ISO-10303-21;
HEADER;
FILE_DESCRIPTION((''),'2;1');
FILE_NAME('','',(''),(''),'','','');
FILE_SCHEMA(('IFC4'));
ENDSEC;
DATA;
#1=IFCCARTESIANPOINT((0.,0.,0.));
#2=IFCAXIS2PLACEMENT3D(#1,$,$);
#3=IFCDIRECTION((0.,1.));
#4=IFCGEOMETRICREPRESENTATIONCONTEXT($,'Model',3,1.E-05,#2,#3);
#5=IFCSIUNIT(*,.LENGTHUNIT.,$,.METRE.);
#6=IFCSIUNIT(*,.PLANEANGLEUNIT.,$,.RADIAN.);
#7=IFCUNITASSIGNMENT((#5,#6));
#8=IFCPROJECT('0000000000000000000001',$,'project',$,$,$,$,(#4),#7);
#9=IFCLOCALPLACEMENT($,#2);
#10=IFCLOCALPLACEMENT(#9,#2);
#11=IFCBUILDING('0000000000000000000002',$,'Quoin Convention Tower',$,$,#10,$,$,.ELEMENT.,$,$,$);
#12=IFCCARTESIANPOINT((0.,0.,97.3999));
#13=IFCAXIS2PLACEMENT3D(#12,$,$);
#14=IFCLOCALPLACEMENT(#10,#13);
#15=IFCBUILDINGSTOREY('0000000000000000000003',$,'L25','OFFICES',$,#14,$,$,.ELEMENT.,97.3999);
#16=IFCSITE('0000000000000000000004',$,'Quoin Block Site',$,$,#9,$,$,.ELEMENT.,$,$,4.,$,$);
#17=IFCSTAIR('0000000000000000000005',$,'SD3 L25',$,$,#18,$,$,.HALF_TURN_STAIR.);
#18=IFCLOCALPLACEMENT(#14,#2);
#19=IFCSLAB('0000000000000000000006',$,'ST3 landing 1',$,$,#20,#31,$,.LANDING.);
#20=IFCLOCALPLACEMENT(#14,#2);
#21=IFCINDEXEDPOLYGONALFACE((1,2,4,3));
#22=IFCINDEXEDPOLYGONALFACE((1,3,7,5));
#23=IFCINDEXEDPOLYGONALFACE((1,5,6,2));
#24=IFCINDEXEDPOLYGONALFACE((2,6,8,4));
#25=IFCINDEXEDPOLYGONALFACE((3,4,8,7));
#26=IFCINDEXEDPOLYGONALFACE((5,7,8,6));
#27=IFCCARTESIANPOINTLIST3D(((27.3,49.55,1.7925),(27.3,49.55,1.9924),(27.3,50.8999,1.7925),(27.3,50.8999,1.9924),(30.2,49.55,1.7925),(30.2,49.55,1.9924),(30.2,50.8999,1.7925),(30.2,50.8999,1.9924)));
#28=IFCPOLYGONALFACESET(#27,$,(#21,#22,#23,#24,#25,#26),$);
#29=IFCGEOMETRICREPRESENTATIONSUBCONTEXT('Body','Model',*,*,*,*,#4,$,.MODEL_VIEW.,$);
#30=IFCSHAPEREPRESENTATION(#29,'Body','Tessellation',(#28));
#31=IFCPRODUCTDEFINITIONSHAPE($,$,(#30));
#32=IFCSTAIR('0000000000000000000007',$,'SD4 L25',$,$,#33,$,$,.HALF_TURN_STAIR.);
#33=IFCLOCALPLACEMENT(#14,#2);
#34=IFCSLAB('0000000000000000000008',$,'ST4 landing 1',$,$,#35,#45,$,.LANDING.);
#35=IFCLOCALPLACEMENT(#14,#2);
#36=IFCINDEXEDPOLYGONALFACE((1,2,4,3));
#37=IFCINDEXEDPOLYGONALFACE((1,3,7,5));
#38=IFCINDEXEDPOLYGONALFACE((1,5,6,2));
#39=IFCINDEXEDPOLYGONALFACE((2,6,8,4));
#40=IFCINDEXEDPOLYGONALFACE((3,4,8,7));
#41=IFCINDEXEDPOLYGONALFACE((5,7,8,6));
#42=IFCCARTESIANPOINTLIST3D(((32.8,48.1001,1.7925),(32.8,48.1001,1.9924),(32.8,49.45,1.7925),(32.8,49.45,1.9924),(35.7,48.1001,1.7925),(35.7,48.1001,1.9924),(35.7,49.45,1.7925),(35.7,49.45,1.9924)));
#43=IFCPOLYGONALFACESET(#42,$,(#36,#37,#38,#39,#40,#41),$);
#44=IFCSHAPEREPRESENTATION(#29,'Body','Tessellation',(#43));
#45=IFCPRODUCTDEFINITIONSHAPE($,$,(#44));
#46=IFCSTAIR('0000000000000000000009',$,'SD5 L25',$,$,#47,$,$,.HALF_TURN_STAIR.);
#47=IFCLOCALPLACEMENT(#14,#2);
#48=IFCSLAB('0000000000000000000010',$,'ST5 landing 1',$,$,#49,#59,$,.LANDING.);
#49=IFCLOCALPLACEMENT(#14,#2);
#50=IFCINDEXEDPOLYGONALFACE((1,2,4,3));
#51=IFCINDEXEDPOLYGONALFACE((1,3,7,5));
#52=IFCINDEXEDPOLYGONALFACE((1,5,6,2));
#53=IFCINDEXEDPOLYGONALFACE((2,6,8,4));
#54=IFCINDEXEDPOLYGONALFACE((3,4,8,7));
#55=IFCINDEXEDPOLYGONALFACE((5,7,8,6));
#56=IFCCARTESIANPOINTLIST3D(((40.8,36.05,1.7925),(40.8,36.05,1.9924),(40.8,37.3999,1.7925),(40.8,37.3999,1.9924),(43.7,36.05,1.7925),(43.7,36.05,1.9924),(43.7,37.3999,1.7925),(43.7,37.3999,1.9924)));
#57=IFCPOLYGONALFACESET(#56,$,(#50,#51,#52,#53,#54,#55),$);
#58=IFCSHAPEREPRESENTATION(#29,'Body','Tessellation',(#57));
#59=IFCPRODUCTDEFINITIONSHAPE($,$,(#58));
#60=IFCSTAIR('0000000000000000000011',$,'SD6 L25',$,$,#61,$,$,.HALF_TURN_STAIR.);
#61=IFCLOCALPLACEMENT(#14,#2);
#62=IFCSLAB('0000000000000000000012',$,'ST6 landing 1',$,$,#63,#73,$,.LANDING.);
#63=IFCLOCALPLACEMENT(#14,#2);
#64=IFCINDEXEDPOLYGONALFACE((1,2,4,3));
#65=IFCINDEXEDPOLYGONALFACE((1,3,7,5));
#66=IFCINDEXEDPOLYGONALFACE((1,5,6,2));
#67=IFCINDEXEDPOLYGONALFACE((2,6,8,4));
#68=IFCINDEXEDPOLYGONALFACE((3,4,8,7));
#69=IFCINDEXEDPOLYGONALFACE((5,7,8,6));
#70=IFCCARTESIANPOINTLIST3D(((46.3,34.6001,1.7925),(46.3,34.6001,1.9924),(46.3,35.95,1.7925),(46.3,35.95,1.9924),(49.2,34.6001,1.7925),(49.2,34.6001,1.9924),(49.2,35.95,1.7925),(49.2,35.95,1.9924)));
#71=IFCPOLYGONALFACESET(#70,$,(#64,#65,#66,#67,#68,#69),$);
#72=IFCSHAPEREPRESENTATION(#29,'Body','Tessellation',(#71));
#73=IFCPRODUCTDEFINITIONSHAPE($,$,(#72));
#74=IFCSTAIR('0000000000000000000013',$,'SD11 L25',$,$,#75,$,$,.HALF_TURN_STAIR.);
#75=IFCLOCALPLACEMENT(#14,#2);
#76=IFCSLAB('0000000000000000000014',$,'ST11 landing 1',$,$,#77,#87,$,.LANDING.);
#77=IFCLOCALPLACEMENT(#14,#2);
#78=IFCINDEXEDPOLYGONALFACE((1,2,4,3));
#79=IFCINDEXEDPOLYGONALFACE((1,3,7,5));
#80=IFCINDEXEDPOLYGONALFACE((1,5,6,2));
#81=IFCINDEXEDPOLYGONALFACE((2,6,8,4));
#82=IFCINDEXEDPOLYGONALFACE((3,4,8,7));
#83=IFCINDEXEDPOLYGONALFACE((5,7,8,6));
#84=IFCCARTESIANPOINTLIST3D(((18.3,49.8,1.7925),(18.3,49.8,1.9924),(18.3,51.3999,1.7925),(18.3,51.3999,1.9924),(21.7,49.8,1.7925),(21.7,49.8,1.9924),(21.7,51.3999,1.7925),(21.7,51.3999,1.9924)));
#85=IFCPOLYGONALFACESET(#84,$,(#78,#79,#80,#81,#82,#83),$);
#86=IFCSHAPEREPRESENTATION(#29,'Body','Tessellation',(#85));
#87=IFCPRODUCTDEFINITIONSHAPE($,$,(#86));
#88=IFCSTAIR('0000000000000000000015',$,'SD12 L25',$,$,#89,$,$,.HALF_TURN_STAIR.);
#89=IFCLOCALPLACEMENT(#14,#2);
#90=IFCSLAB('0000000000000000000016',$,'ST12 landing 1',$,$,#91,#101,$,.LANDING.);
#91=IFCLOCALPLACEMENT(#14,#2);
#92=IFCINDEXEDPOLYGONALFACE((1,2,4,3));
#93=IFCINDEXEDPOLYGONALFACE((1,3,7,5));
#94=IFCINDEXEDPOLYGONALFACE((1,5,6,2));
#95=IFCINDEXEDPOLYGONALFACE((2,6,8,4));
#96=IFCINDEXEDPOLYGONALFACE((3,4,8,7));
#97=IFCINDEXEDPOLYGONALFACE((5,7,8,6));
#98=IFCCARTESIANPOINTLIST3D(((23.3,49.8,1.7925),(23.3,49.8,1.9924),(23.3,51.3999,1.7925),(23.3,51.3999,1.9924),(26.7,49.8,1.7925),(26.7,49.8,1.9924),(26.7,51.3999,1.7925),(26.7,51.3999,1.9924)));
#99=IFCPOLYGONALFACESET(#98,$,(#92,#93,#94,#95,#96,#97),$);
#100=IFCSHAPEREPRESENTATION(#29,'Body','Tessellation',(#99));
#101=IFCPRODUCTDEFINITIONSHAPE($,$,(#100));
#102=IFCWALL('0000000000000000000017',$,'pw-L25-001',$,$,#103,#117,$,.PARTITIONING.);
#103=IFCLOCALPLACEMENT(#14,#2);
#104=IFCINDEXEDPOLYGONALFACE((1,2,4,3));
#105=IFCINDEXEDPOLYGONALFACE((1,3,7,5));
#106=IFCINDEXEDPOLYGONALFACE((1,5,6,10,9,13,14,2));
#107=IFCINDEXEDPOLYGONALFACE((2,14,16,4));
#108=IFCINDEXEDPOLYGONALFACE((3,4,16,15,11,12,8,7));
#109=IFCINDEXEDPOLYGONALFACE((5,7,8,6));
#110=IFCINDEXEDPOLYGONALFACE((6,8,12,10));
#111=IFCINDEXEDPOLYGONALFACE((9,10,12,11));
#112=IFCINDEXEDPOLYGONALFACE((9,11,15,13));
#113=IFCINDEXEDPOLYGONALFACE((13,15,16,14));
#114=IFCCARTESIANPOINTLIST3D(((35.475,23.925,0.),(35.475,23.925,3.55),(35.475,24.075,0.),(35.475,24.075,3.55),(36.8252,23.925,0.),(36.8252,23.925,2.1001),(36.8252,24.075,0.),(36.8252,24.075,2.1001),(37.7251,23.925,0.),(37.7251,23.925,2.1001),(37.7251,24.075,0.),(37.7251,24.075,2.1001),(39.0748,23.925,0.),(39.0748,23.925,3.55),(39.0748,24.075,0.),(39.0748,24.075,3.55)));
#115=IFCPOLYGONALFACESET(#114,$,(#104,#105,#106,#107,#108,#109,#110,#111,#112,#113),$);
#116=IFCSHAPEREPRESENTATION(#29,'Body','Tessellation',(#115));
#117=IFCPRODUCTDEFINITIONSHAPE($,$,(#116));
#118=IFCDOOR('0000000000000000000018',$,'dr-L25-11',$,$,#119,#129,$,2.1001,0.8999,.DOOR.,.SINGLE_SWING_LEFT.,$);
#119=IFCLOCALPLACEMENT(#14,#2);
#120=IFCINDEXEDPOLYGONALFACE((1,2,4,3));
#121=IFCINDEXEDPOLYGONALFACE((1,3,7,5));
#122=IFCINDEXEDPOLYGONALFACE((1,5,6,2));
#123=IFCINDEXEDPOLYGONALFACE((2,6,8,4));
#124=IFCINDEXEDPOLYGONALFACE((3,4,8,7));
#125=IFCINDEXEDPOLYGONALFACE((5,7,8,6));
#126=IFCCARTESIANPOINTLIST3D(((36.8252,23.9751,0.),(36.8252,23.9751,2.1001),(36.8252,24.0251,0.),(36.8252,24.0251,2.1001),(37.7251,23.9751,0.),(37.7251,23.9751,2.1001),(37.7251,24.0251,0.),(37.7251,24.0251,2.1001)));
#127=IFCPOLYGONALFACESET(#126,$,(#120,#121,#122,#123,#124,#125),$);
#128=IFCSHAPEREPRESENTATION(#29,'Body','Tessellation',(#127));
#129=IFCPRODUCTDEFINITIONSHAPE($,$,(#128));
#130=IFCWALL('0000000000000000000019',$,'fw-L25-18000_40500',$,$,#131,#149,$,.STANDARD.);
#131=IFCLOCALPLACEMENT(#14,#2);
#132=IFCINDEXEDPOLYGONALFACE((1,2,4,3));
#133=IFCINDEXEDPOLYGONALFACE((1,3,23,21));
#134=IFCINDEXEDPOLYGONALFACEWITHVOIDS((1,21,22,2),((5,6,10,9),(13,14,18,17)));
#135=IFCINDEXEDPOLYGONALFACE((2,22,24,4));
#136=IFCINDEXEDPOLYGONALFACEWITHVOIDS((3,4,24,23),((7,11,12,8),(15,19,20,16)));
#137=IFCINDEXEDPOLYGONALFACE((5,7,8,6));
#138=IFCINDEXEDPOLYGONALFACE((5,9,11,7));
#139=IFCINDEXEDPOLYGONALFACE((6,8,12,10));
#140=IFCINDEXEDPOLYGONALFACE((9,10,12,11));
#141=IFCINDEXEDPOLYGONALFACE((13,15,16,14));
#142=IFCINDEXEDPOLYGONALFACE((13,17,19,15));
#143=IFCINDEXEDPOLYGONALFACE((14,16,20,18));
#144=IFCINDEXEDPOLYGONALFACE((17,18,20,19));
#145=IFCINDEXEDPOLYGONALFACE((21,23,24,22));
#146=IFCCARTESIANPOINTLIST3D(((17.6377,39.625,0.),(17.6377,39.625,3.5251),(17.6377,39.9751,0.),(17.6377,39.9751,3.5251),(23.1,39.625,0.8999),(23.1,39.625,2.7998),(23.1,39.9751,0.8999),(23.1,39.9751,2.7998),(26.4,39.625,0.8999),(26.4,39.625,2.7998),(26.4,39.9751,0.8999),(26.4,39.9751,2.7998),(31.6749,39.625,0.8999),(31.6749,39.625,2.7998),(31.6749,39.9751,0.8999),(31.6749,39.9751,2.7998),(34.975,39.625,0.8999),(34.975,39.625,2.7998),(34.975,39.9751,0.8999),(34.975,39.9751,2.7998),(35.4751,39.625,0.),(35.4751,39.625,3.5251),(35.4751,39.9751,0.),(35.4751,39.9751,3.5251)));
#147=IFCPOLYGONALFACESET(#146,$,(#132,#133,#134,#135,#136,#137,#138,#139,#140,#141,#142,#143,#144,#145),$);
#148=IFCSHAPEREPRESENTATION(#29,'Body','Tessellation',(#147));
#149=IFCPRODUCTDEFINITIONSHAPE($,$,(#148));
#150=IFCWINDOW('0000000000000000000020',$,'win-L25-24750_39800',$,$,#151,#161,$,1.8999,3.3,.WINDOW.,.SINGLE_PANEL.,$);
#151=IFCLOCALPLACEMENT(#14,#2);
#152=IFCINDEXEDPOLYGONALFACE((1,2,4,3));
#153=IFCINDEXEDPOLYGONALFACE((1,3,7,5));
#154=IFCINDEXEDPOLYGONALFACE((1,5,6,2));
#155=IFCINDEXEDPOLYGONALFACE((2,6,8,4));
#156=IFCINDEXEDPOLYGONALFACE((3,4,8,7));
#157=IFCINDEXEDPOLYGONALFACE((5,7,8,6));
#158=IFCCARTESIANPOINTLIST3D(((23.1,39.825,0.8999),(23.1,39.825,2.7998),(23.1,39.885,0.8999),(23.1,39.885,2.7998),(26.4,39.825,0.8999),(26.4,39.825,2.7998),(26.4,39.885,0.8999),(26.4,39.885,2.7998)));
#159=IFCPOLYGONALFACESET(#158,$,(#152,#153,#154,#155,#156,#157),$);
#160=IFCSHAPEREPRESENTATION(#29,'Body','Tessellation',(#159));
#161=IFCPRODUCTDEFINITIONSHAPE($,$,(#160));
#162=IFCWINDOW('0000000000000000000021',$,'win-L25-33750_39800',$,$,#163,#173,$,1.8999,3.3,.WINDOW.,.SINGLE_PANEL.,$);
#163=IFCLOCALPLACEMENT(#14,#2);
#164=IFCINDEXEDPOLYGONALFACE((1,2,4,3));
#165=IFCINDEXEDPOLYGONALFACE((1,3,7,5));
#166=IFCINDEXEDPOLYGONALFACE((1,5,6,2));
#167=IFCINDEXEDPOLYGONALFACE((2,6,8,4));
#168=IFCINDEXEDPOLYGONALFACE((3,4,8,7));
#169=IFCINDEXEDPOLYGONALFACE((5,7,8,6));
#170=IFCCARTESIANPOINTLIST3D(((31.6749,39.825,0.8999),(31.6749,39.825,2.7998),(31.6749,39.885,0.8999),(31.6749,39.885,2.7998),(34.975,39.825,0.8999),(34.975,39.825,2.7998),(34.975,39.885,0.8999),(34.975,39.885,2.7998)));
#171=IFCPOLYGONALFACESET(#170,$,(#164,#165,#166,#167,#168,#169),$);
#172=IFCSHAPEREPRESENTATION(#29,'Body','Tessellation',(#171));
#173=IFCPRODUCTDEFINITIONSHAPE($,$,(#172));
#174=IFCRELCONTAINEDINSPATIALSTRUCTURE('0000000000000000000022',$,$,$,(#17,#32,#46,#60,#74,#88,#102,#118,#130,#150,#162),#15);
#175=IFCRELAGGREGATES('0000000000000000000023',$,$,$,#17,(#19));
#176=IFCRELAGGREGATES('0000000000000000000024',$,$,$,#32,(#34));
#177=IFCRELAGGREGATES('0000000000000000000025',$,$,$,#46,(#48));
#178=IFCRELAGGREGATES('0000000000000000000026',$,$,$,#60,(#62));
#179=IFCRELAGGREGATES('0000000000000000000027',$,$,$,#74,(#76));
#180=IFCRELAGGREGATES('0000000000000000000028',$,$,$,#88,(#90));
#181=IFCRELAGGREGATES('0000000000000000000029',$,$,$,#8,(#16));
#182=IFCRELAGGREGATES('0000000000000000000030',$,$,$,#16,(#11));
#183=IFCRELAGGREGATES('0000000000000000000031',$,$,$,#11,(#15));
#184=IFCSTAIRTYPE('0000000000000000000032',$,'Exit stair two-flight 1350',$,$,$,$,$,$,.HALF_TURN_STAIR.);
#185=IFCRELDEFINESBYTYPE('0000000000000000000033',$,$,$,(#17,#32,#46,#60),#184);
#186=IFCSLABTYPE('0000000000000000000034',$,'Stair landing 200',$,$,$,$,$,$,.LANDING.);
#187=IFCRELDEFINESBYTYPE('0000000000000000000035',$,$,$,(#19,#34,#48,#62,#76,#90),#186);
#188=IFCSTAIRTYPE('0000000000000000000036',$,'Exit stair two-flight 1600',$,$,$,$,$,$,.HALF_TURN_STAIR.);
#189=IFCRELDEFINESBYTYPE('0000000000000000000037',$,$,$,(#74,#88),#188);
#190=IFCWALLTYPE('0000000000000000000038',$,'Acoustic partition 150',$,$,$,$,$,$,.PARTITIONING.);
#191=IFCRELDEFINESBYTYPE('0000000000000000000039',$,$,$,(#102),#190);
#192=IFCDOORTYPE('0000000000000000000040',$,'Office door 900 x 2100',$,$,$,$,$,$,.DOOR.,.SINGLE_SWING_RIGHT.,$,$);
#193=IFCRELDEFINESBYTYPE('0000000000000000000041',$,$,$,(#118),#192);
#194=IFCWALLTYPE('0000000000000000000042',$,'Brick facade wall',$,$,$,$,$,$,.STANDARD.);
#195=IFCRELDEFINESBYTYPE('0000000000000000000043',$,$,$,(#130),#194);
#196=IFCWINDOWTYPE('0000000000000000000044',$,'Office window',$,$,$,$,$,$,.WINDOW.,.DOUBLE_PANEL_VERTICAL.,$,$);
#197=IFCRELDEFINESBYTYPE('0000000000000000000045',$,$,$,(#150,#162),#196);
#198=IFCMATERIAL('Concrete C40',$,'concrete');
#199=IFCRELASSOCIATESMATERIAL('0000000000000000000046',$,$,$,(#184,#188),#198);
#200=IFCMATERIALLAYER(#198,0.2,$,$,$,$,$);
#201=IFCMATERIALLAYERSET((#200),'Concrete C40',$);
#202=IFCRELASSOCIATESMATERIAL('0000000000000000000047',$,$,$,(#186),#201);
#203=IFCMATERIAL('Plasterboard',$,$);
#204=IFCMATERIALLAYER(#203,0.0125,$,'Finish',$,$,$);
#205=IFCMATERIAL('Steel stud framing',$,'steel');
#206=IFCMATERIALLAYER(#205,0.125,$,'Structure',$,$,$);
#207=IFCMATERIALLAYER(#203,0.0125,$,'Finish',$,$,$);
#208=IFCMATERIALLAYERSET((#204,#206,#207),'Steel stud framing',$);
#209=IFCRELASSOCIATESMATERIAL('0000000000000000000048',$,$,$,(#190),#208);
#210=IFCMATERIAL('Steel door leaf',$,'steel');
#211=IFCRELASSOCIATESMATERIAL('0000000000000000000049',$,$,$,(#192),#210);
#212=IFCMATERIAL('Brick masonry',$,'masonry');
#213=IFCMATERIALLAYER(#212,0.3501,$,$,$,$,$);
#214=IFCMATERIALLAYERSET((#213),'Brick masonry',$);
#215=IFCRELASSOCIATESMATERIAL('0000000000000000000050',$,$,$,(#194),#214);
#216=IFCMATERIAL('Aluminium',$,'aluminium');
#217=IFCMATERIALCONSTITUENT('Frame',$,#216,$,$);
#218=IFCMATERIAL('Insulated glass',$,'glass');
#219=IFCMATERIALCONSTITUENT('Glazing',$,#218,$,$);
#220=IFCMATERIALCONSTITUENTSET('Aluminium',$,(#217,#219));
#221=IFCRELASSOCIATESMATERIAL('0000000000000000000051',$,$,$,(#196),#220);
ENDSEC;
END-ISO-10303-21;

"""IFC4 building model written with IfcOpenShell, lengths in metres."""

from ifc_helpers import new_model, si_unit, direction, frame, frame_2d, origin, place, context, subcontext, project, spatial, polyline, rectangle, outline, extrude, material, layer, layer_set, constituent, constituent_set, type_object, element, fill, aggregate, save


model = new_model("IFC4")

# Units and contexts
model_context = context("Model", 3, precision=1e-05, world=origin(), true_north=direction((0.0, 1.0)))
body_context = subcontext(model_context, "Body", "Model", "MODEL_VIEW")
ifc_project = project(units=[si_unit("LENGTHUNIT", "METRE"), si_unit("PLANEANGLEUNIT", "RADIAN")], contexts=[model_context])

# Site, building, storey
site_placement = place(None, origin())
site = spatial("IfcSite", under=ifc_project, at=site_placement, Name="Quoin Block Site", CompositionType="ELEMENT", RefElevation=4.0)
building_placement = place(site_placement, origin())
building = spatial("IfcBuilding", under=site, at=building_placement, Name="Quoin Convention Tower", CompositionType="ELEMENT")
storey_placement = place(building_placement, frame((0.0, 0.0, 97.3999)))
storey = spatial("IfcBuildingStorey", under=building, at=storey_placement, Name="L25", Description="OFFICES", CompositionType="ELEMENT", Elevation=97.3999)

# Shared definitions
ifc_material_1 = material(Name="Concrete C40", Category="concrete")

# Stairs, slabs
stair_type_1 = type_object("IfcStairType", Name="Exit stair two-flight 1350", PredefinedType="HALF_TURN_STAIR", material=ifc_material_1)
ifc_layer_1 = layer(ifc_material_1, 0.2)
ifc_layer_set_1 = layer_set([ifc_layer_1], Name="Concrete C40")
slab_type_1 = type_object("IfcSlabType", Name="Stair landing 200", PredefinedType="LANDING", material=ifc_layer_set_1)
stair_1_placement = place(storey_placement, origin())
stair_1 = element("IfcStair", 1, at=stair_1_placement, inside=storey, type_object=stair_type_1, Name="SD3 L25", PredefinedType="HALF_TURN_STAIR")
slab_1_placement = place(storey_placement, frame((0.0, 0.0, 1.7925)))
slab_1 = element("IfcSlab", 2, at=slab_1_placement, type_object=slab_type_1, Name="ST3 landing 1", PredefinedType="LANDING", context=body_context, shape_type="SweptSolid", body=[
    extrude(outline(polyline([(27.3, 49.55), (30.2, 49.55), (30.2, 50.8999), (27.3, 50.8999), (27.3, 49.55)])), origin(), (0.0, 0.0, 1.0), 0.2),
])
aggregate(stair_1, [slab_1])
stair_2_placement = place(storey_placement, origin())
stair_2 = element("IfcStair", 3, at=stair_2_placement, inside=storey, type_object=stair_type_1, Name="SD4 L25", PredefinedType="HALF_TURN_STAIR")
slab_2_placement = place(storey_placement, frame((0.0, 0.0, 1.7925)))
slab_2 = element("IfcSlab", 4, at=slab_2_placement, type_object=slab_type_1, Name="ST4 landing 1", PredefinedType="LANDING", context=body_context, shape_type="SweptSolid", body=[
    extrude(outline(polyline([(35.7, 49.45), (32.8, 49.45), (32.8, 48.1001), (35.7, 48.1001), (35.7, 49.45)])), origin(), (0.0, 0.0, 1.0), 0.2),
])
aggregate(stair_2, [slab_2])
stair_3_placement = place(storey_placement, origin())
stair_3 = element("IfcStair", 5, at=stair_3_placement, inside=storey, type_object=stair_type_1, Name="SD5 L25", PredefinedType="HALF_TURN_STAIR")
slab_3_placement = place(storey_placement, frame((0.0, 0.0, 1.7925)))
slab_3 = element("IfcSlab", 6, at=slab_3_placement, type_object=slab_type_1, Name="ST5 landing 1", PredefinedType="LANDING", context=body_context, shape_type="SweptSolid", body=[
    extrude(outline(polyline([(40.8, 36.05), (43.7, 36.05), (43.7, 37.3999), (40.8, 37.3999), (40.8, 36.05)])), origin(), (0.0, 0.0, 1.0), 0.2),
])
aggregate(stair_3, [slab_3])
stair_4_placement = place(storey_placement, origin())
stair_4 = element("IfcStair", 7, at=stair_4_placement, inside=storey, type_object=stair_type_1, Name="SD6 L25", PredefinedType="HALF_TURN_STAIR")
slab_4_placement = place(storey_placement, frame((0.0, 0.0, 1.7925)))
slab_4 = element("IfcSlab", 8, at=slab_4_placement, type_object=slab_type_1, Name="ST6 landing 1", PredefinedType="LANDING", context=body_context, shape_type="SweptSolid", body=[
    extrude(outline(polyline([(49.2, 35.95), (46.3, 35.95), (46.3, 34.6001), (49.2, 34.6001), (49.2, 35.95)])), origin(), (0.0, 0.0, 1.0), 0.2),
])
aggregate(stair_4, [slab_4])
stair_type_2 = type_object("IfcStairType", Name="Exit stair two-flight 1600", PredefinedType="HALF_TURN_STAIR", material=ifc_material_1)
stair_5_placement = place(storey_placement, origin())
stair_5 = element("IfcStair", 9, at=stair_5_placement, inside=storey, type_object=stair_type_2, Name="SD11 L25", PredefinedType="HALF_TURN_STAIR")
slab_5_placement = place(storey_placement, frame((0.0, 0.0, 1.7925)))
slab_5 = element("IfcSlab", 10, at=slab_5_placement, type_object=slab_type_1, Name="ST11 landing 1", PredefinedType="LANDING", context=body_context, shape_type="SweptSolid", body=[
    extrude(outline(polyline([(21.7, 51.3999), (18.3, 51.3999), (18.3, 49.8), (21.7, 49.8), (21.7, 51.3999)])), origin(), (0.0, 0.0, 1.0), 0.2),
])
aggregate(stair_5, [slab_5])
stair_6_placement = place(storey_placement, origin())
stair_6 = element("IfcStair", 11, at=stair_6_placement, inside=storey, type_object=stair_type_2, Name="SD12 L25", PredefinedType="HALF_TURN_STAIR")
slab_6_placement = place(storey_placement, frame((0.0, 0.0, 1.7925)))
slab_6 = element("IfcSlab", 12, at=slab_6_placement, type_object=slab_type_1, Name="ST12 landing 1", PredefinedType="LANDING", context=body_context, shape_type="SweptSolid", body=[
    extrude(outline(polyline([(26.7, 51.3999), (23.3, 51.3999), (23.3, 49.8), (26.7, 49.8), (26.7, 51.3999)])), origin(), (0.0, 0.0, 1.0), 0.2),
])
aggregate(stair_6, [slab_6])

# Wall, opening, door
ifc_material_2 = material(Name="Plasterboard")
ifc_layer_2 = layer(ifc_material_2, 0.0125, Name="Finish")
ifc_material_3 = material(Name="Steel stud framing", Category="steel")
ifc_layer_3 = layer(ifc_material_3, 0.125, Name="Structure")
ifc_layer_4 = layer(ifc_material_2, 0.0125, Name="Finish")
ifc_layer_set_2 = layer_set([ifc_layer_2, ifc_layer_3, ifc_layer_4], Name="Steel stud framing")
wall_type_1 = type_object("IfcWallType", Name="Acoustic partition 150", PredefinedType="PARTITIONING", material=ifc_layer_set_2)
wall_1_placement = place(storey_placement, frame((35.4751, 24.0, 0.0), z_axis=(0.0, 0.0, 1.0), x_axis=(1.0, 0.0, 0.0)))
wall_1 = element("IfcWall", 13, at=wall_1_placement, inside=storey, type_object=wall_type_1, Name="pw-L25-001", PredefinedType="PARTITIONING", context=body_context, shape_type="SweptSolid", body=[
    extrude(rectangle(XDim=3.5999, YDim=0.1499, at=frame_2d((1.7998, 0.0))), origin(), (0.0, 0.0, 1.0), 3.55),
])
opening_1_placement = place(wall_1_placement, frame((1.3501, 0.0, 0.0)))
opening_1 = element("IfcOpeningElement", 14, at=opening_1_placement, cuts=wall_1, PredefinedType="OPENING", context=body_context, shape_type="SweptSolid", body=[
    extrude(rectangle(XDim=0.8999, YDim=2.1001, at=frame_2d((0.45, 1.05))), frame((0.0, 0.085, 0.0), z_axis=(0.0, -1.0, 0.0), x_axis=(1.0, 0.0, 0.0)), (0.0, 0.0, 1.0), 0.1699),
])
ifc_material_4 = material(Name="Steel door leaf", Category="steel")
door_type = type_object("IfcDoorType", Name="Office door 900 x 2100", OperationType="SINGLE_SWING_RIGHT", PredefinedType="DOOR", material=ifc_material_4)
door_placement = place(opening_1_placement, frame((0.8999, 0.0, 0.0), z_axis=(0.0, 0.0, 1.0), x_axis=(-1.0, 0.0, 0.0)))
door = element("IfcDoor", 15, at=door_placement, inside=storey, type_object=door_type, Name="dr-L25-11", OperationType="SINGLE_SWING_LEFT", OverallHeight=2.1001, OverallWidth=0.8999, PredefinedType="DOOR", context=body_context, shape_type="SweptSolid", body=[
    extrude(rectangle(XDim=0.8999, YDim=2.1001, at=frame_2d((0.45, 1.05))), frame((0.0, 0.0249, 0.0), z_axis=(0.0, -1.0, 0.0), x_axis=(1.0, 0.0, 0.0)), (0.0, 0.0, 1.0), 0.05),
])
fill(opening_1, door)

# Wall, openings, windows
ifc_material_5 = material(Name="Brick masonry", Category="masonry")
ifc_layer_5 = layer(ifc_material_5, 0.3501)
ifc_layer_set_3 = layer_set([ifc_layer_5], Name="Brick masonry")
wall_type_2 = type_object("IfcWallType", Name="Brick facade wall", PredefinedType="STANDARD", material=ifc_layer_set_3)
wall_2_placement = place(storey_placement, frame((17.6377, 39.8, 0.0), z_axis=(0.0, 0.0, 1.0), x_axis=(1.0, 0.0, 0.0)))
wall_2 = element("IfcWall", 16, at=wall_2_placement, inside=storey, type_object=wall_type_2, Name="fw-L25-18000_40500", PredefinedType="STANDARD", context=body_context, shape_type="SweptSolid", body=[
    extrude(rectangle(XDim=17.8374, YDim=0.3501, at=frame_2d((8.9187, 0.0))), origin(), (0.0, 0.0, 1.0), 3.5251),
])
opening_2_placement = place(wall_2_placement, frame((5.4624, 0.0, 0.8999)))
opening_2 = element("IfcOpeningElement", 17, at=opening_2_placement, cuts=wall_2, PredefinedType="OPENING", context=body_context, shape_type="SweptSolid", body=[
    extrude(rectangle(XDim=3.3, YDim=1.8999, at=frame_2d((1.6499, 0.95))), frame((0.0, 0.1851, 0.0), z_axis=(0.0, -1.0, 0.0), x_axis=(1.0, 0.0, 0.0)), (0.0, 0.0, 1.0), 0.3701),
])
opening_3_placement = place(wall_2_placement, frame((14.0374, 0.0, 0.8999)))
opening_3 = element("IfcOpeningElement", 18, at=opening_3_placement, cuts=wall_2, PredefinedType="OPENING", context=body_context, shape_type="SweptSolid", body=[
    extrude(rectangle(XDim=3.3, YDim=1.8999, at=frame_2d((1.6499, 0.95))), frame((0.0, 0.1851, 0.0), z_axis=(0.0, -1.0, 0.0), x_axis=(1.0, 0.0, 0.0)), (0.0, 0.0, 1.0), 0.3701),
])
ifc_material_6 = material(Name="Aluminium", Category="aluminium")
ifc_constituent_1 = constituent(ifc_material_6, Name="Frame")
ifc_material_7 = material(Name="Insulated glass", Category="glass")
ifc_constituent_2 = constituent(ifc_material_7, Name="Glazing")
ifc_constituent_set = constituent_set(constituents=[ifc_constituent_1, ifc_constituent_2], Name="Aluminium")
window_type = type_object("IfcWindowType", Name="Office window", PartitioningType="DOUBLE_PANEL_VERTICAL", PredefinedType="WINDOW", material=ifc_constituent_set)
window_1_placement = place(opening_2_placement, origin())
window_1 = element("IfcWindow", 19, at=window_1_placement, inside=storey, type_object=window_type, Name="win-L25-24750_39800", OverallHeight=1.8999, OverallWidth=3.3, PartitioningType="SINGLE_PANEL", PredefinedType="WINDOW", context=body_context, shape_type="SweptSolid", body=[
    extrude(rectangle(XDim=3.3, YDim=1.8999, at=frame_2d((1.6499, 0.95))), frame((0.0, 0.085, 0.0), z_axis=(0.0, -1.0, 0.0), x_axis=(1.0, 0.0, 0.0)), (0.0, 0.0, 1.0), 0.0601),
])
fill(opening_2, window_1)
window_2_placement = place(opening_3_placement, origin())
window_2 = element("IfcWindow", 20, at=window_2_placement, inside=storey, type_object=window_type, Name="win-L25-33750_39800", OverallHeight=1.8999, OverallWidth=3.3, PartitioningType="SINGLE_PANEL", PredefinedType="WINDOW", context=body_context, shape_type="SweptSolid", body=[
    extrude(rectangle(XDim=3.3, YDim=1.8999, at=frame_2d((1.6499, 0.95))), frame((0.0, 0.085, 0.0), z_axis=(0.0, -1.0, 0.0), x_axis=(1.0, 0.0, 0.0)), (0.0, 0.0, 1.0), 0.0601),
])
fill(opening_3, window_2)

save(model, "model.ifc")
